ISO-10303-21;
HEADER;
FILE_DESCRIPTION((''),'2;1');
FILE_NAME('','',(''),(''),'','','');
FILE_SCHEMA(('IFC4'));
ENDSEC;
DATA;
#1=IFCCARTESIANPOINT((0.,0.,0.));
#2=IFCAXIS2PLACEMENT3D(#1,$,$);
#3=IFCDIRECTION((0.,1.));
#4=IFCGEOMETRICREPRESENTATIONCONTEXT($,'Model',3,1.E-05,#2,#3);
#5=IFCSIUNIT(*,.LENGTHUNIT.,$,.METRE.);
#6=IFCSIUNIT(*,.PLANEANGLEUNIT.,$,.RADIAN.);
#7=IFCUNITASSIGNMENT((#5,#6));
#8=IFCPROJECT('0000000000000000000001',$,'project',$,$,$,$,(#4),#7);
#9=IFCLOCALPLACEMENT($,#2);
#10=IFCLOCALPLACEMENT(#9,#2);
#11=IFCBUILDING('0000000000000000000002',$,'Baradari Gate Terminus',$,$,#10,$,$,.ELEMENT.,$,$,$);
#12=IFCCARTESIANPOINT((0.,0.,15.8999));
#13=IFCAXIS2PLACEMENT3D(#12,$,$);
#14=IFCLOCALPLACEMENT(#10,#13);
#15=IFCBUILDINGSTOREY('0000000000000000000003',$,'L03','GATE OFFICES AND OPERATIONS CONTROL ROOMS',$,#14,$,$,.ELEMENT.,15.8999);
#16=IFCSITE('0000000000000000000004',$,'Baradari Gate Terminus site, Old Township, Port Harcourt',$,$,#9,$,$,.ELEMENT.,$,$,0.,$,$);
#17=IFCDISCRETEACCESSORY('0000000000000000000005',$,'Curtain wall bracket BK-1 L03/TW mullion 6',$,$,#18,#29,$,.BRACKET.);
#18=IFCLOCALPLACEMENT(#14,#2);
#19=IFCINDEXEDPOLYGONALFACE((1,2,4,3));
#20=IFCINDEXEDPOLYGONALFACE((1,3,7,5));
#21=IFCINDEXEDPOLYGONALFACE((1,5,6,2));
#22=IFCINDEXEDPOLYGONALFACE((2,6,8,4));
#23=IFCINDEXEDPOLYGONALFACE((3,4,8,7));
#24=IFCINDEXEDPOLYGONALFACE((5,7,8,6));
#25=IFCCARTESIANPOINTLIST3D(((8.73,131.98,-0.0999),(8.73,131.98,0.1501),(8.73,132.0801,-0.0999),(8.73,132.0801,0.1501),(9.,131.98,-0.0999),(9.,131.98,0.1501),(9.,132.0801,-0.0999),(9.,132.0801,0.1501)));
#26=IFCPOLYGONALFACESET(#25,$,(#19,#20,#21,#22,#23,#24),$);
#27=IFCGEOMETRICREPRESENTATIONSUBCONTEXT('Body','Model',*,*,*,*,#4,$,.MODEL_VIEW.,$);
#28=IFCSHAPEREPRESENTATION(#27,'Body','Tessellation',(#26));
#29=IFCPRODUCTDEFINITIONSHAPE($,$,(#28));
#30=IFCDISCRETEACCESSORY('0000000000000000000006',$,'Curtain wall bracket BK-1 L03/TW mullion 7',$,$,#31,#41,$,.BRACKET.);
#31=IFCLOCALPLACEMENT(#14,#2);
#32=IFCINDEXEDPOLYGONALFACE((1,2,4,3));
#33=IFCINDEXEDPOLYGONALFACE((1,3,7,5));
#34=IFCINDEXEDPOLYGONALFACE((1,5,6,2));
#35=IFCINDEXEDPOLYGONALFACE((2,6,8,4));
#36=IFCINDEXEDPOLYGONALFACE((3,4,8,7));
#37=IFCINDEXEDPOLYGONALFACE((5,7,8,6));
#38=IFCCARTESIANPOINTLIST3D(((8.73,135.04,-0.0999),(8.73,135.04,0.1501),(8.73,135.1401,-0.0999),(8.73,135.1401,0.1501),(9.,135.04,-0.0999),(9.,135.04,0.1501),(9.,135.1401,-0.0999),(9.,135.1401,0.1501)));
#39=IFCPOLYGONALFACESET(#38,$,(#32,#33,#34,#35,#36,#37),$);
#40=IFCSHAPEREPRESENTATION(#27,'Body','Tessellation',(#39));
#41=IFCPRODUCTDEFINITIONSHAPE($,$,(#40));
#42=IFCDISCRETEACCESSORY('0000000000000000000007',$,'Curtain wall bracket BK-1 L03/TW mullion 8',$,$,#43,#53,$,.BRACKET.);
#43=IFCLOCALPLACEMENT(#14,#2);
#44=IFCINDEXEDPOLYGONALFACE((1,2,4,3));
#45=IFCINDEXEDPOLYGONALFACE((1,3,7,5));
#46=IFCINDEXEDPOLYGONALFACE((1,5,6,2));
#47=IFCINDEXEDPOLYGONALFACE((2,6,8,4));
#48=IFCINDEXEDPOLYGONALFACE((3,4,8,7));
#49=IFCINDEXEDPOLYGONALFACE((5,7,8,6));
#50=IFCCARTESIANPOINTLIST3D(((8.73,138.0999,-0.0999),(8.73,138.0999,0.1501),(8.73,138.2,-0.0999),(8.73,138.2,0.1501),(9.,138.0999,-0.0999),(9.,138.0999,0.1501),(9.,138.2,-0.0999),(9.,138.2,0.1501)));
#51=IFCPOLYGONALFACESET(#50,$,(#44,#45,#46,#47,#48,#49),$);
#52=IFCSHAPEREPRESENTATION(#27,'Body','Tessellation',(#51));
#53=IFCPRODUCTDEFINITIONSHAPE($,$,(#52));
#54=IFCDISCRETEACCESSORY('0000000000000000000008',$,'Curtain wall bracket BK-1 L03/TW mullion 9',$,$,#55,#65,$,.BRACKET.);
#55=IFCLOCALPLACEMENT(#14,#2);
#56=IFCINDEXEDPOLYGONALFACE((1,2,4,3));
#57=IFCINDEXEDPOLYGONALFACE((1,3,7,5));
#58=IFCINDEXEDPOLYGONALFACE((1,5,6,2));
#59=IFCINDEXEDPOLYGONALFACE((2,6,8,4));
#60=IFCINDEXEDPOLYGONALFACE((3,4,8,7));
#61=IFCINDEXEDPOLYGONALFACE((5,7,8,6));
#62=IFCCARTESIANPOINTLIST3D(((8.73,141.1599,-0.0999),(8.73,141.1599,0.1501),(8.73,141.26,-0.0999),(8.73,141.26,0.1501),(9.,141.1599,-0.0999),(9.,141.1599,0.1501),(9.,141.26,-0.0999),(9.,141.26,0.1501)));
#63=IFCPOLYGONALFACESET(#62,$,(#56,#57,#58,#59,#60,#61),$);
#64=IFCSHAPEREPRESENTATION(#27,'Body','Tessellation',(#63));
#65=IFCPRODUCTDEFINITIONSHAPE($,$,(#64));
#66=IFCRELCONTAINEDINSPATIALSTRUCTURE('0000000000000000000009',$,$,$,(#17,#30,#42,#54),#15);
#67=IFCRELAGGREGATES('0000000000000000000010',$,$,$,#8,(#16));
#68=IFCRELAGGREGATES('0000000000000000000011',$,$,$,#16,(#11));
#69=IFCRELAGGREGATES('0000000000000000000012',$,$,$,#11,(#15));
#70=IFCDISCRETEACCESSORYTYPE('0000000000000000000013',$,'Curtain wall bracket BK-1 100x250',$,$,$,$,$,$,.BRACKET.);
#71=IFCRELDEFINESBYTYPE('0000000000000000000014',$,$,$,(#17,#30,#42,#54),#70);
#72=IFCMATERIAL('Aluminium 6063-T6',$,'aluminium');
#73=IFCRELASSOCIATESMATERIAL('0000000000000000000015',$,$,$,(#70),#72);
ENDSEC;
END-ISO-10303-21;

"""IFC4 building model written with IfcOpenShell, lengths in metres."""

from ifc_helpers import new_model, si_unit, direction, frame, origin, origin_2d, place, context, subcontext, project, spatial, rectangle, extrude, material, type_object, element, save


model = new_model("IFC4")

# Units and contexts
model_context = context("Model", 3, precision=1e-05, world=origin(), true_north=direction((0.0, 1.0)))
body_context = subcontext(model_context, "Body", "Model", "MODEL_VIEW")
ifc_project = project(units=[si_unit("LENGTHUNIT", "METRE"), si_unit("PLANEANGLEUNIT", "RADIAN")], contexts=[model_context])

# Site, building, storey
site_placement = place(None, origin())
site = spatial("IfcSite", under=ifc_project, at=site_placement, Name="Baradari Gate Terminus site, Old Township, Port Harcourt", CompositionType="ELEMENT", RefElevation=0.0)
building_placement = place(site_placement, origin())
building = spatial("IfcBuilding", under=site, at=building_placement, Name="Baradari Gate Terminus", CompositionType="ELEMENT")
storey_placement = place(building_placement, frame((0.0, 0.0, 15.8999)))
storey = spatial("IfcBuildingStorey", under=building, at=storey_placement, Name="L03", Description="GATE OFFICES AND OPERATIONS CONTROL ROOMS", CompositionType="ELEMENT", Elevation=15.8999)

# Discrete accessories
ifc_material_1 = material(Name="Aluminium 6063-T6", Category="aluminium")
discrete_accessory_type = type_object("IfcDiscreteAccessoryType", Name="Curtain wall bracket BK-1 100x250", PredefinedType="BRACKET", material=ifc_material_1)
for number, where, z_axis, x_axis, name in (
    (1, (8.865, 132.03, -0.0999), (0.0, 0.0, 1.0), (-1.0, 0.0, 0.0), "Curtain wall bracket BK-1 L03/TW mullion 6"),
    (2, (8.865, 135.0901, -0.0999), (0.0, 0.0, 1.0), (-1.0, 0.0, 0.0), "Curtain wall bracket BK-1 L03/TW mullion 7"),
    (3, (8.865, 138.1499, -0.0999), (0.0, 0.0, 1.0), (-1.0, 0.0, 0.0), "Curtain wall bracket BK-1 L03/TW mullion 8"),
    (4, (8.865, 141.21, -0.0999), (0.0, 0.0, 1.0), (-1.0, 0.0, 0.0), "Curtain wall bracket BK-1 L03/TW mullion 9"),
):
    element("IfcDiscreteAccessory", number, at=place(storey_placement, frame(where, z_axis=z_axis, x_axis=x_axis)), inside=storey, type_object=discrete_accessory_type, Name=name, PredefinedType="BRACKET", context=body_context, shape_type="SweptSolid", body=[
        extrude(rectangle(XDim=0.27, YDim=0.1001, at=origin_2d()), origin(), (0.0, 0.0, 1.0), 0.25),
    ])

save(model, "model.ifc")
